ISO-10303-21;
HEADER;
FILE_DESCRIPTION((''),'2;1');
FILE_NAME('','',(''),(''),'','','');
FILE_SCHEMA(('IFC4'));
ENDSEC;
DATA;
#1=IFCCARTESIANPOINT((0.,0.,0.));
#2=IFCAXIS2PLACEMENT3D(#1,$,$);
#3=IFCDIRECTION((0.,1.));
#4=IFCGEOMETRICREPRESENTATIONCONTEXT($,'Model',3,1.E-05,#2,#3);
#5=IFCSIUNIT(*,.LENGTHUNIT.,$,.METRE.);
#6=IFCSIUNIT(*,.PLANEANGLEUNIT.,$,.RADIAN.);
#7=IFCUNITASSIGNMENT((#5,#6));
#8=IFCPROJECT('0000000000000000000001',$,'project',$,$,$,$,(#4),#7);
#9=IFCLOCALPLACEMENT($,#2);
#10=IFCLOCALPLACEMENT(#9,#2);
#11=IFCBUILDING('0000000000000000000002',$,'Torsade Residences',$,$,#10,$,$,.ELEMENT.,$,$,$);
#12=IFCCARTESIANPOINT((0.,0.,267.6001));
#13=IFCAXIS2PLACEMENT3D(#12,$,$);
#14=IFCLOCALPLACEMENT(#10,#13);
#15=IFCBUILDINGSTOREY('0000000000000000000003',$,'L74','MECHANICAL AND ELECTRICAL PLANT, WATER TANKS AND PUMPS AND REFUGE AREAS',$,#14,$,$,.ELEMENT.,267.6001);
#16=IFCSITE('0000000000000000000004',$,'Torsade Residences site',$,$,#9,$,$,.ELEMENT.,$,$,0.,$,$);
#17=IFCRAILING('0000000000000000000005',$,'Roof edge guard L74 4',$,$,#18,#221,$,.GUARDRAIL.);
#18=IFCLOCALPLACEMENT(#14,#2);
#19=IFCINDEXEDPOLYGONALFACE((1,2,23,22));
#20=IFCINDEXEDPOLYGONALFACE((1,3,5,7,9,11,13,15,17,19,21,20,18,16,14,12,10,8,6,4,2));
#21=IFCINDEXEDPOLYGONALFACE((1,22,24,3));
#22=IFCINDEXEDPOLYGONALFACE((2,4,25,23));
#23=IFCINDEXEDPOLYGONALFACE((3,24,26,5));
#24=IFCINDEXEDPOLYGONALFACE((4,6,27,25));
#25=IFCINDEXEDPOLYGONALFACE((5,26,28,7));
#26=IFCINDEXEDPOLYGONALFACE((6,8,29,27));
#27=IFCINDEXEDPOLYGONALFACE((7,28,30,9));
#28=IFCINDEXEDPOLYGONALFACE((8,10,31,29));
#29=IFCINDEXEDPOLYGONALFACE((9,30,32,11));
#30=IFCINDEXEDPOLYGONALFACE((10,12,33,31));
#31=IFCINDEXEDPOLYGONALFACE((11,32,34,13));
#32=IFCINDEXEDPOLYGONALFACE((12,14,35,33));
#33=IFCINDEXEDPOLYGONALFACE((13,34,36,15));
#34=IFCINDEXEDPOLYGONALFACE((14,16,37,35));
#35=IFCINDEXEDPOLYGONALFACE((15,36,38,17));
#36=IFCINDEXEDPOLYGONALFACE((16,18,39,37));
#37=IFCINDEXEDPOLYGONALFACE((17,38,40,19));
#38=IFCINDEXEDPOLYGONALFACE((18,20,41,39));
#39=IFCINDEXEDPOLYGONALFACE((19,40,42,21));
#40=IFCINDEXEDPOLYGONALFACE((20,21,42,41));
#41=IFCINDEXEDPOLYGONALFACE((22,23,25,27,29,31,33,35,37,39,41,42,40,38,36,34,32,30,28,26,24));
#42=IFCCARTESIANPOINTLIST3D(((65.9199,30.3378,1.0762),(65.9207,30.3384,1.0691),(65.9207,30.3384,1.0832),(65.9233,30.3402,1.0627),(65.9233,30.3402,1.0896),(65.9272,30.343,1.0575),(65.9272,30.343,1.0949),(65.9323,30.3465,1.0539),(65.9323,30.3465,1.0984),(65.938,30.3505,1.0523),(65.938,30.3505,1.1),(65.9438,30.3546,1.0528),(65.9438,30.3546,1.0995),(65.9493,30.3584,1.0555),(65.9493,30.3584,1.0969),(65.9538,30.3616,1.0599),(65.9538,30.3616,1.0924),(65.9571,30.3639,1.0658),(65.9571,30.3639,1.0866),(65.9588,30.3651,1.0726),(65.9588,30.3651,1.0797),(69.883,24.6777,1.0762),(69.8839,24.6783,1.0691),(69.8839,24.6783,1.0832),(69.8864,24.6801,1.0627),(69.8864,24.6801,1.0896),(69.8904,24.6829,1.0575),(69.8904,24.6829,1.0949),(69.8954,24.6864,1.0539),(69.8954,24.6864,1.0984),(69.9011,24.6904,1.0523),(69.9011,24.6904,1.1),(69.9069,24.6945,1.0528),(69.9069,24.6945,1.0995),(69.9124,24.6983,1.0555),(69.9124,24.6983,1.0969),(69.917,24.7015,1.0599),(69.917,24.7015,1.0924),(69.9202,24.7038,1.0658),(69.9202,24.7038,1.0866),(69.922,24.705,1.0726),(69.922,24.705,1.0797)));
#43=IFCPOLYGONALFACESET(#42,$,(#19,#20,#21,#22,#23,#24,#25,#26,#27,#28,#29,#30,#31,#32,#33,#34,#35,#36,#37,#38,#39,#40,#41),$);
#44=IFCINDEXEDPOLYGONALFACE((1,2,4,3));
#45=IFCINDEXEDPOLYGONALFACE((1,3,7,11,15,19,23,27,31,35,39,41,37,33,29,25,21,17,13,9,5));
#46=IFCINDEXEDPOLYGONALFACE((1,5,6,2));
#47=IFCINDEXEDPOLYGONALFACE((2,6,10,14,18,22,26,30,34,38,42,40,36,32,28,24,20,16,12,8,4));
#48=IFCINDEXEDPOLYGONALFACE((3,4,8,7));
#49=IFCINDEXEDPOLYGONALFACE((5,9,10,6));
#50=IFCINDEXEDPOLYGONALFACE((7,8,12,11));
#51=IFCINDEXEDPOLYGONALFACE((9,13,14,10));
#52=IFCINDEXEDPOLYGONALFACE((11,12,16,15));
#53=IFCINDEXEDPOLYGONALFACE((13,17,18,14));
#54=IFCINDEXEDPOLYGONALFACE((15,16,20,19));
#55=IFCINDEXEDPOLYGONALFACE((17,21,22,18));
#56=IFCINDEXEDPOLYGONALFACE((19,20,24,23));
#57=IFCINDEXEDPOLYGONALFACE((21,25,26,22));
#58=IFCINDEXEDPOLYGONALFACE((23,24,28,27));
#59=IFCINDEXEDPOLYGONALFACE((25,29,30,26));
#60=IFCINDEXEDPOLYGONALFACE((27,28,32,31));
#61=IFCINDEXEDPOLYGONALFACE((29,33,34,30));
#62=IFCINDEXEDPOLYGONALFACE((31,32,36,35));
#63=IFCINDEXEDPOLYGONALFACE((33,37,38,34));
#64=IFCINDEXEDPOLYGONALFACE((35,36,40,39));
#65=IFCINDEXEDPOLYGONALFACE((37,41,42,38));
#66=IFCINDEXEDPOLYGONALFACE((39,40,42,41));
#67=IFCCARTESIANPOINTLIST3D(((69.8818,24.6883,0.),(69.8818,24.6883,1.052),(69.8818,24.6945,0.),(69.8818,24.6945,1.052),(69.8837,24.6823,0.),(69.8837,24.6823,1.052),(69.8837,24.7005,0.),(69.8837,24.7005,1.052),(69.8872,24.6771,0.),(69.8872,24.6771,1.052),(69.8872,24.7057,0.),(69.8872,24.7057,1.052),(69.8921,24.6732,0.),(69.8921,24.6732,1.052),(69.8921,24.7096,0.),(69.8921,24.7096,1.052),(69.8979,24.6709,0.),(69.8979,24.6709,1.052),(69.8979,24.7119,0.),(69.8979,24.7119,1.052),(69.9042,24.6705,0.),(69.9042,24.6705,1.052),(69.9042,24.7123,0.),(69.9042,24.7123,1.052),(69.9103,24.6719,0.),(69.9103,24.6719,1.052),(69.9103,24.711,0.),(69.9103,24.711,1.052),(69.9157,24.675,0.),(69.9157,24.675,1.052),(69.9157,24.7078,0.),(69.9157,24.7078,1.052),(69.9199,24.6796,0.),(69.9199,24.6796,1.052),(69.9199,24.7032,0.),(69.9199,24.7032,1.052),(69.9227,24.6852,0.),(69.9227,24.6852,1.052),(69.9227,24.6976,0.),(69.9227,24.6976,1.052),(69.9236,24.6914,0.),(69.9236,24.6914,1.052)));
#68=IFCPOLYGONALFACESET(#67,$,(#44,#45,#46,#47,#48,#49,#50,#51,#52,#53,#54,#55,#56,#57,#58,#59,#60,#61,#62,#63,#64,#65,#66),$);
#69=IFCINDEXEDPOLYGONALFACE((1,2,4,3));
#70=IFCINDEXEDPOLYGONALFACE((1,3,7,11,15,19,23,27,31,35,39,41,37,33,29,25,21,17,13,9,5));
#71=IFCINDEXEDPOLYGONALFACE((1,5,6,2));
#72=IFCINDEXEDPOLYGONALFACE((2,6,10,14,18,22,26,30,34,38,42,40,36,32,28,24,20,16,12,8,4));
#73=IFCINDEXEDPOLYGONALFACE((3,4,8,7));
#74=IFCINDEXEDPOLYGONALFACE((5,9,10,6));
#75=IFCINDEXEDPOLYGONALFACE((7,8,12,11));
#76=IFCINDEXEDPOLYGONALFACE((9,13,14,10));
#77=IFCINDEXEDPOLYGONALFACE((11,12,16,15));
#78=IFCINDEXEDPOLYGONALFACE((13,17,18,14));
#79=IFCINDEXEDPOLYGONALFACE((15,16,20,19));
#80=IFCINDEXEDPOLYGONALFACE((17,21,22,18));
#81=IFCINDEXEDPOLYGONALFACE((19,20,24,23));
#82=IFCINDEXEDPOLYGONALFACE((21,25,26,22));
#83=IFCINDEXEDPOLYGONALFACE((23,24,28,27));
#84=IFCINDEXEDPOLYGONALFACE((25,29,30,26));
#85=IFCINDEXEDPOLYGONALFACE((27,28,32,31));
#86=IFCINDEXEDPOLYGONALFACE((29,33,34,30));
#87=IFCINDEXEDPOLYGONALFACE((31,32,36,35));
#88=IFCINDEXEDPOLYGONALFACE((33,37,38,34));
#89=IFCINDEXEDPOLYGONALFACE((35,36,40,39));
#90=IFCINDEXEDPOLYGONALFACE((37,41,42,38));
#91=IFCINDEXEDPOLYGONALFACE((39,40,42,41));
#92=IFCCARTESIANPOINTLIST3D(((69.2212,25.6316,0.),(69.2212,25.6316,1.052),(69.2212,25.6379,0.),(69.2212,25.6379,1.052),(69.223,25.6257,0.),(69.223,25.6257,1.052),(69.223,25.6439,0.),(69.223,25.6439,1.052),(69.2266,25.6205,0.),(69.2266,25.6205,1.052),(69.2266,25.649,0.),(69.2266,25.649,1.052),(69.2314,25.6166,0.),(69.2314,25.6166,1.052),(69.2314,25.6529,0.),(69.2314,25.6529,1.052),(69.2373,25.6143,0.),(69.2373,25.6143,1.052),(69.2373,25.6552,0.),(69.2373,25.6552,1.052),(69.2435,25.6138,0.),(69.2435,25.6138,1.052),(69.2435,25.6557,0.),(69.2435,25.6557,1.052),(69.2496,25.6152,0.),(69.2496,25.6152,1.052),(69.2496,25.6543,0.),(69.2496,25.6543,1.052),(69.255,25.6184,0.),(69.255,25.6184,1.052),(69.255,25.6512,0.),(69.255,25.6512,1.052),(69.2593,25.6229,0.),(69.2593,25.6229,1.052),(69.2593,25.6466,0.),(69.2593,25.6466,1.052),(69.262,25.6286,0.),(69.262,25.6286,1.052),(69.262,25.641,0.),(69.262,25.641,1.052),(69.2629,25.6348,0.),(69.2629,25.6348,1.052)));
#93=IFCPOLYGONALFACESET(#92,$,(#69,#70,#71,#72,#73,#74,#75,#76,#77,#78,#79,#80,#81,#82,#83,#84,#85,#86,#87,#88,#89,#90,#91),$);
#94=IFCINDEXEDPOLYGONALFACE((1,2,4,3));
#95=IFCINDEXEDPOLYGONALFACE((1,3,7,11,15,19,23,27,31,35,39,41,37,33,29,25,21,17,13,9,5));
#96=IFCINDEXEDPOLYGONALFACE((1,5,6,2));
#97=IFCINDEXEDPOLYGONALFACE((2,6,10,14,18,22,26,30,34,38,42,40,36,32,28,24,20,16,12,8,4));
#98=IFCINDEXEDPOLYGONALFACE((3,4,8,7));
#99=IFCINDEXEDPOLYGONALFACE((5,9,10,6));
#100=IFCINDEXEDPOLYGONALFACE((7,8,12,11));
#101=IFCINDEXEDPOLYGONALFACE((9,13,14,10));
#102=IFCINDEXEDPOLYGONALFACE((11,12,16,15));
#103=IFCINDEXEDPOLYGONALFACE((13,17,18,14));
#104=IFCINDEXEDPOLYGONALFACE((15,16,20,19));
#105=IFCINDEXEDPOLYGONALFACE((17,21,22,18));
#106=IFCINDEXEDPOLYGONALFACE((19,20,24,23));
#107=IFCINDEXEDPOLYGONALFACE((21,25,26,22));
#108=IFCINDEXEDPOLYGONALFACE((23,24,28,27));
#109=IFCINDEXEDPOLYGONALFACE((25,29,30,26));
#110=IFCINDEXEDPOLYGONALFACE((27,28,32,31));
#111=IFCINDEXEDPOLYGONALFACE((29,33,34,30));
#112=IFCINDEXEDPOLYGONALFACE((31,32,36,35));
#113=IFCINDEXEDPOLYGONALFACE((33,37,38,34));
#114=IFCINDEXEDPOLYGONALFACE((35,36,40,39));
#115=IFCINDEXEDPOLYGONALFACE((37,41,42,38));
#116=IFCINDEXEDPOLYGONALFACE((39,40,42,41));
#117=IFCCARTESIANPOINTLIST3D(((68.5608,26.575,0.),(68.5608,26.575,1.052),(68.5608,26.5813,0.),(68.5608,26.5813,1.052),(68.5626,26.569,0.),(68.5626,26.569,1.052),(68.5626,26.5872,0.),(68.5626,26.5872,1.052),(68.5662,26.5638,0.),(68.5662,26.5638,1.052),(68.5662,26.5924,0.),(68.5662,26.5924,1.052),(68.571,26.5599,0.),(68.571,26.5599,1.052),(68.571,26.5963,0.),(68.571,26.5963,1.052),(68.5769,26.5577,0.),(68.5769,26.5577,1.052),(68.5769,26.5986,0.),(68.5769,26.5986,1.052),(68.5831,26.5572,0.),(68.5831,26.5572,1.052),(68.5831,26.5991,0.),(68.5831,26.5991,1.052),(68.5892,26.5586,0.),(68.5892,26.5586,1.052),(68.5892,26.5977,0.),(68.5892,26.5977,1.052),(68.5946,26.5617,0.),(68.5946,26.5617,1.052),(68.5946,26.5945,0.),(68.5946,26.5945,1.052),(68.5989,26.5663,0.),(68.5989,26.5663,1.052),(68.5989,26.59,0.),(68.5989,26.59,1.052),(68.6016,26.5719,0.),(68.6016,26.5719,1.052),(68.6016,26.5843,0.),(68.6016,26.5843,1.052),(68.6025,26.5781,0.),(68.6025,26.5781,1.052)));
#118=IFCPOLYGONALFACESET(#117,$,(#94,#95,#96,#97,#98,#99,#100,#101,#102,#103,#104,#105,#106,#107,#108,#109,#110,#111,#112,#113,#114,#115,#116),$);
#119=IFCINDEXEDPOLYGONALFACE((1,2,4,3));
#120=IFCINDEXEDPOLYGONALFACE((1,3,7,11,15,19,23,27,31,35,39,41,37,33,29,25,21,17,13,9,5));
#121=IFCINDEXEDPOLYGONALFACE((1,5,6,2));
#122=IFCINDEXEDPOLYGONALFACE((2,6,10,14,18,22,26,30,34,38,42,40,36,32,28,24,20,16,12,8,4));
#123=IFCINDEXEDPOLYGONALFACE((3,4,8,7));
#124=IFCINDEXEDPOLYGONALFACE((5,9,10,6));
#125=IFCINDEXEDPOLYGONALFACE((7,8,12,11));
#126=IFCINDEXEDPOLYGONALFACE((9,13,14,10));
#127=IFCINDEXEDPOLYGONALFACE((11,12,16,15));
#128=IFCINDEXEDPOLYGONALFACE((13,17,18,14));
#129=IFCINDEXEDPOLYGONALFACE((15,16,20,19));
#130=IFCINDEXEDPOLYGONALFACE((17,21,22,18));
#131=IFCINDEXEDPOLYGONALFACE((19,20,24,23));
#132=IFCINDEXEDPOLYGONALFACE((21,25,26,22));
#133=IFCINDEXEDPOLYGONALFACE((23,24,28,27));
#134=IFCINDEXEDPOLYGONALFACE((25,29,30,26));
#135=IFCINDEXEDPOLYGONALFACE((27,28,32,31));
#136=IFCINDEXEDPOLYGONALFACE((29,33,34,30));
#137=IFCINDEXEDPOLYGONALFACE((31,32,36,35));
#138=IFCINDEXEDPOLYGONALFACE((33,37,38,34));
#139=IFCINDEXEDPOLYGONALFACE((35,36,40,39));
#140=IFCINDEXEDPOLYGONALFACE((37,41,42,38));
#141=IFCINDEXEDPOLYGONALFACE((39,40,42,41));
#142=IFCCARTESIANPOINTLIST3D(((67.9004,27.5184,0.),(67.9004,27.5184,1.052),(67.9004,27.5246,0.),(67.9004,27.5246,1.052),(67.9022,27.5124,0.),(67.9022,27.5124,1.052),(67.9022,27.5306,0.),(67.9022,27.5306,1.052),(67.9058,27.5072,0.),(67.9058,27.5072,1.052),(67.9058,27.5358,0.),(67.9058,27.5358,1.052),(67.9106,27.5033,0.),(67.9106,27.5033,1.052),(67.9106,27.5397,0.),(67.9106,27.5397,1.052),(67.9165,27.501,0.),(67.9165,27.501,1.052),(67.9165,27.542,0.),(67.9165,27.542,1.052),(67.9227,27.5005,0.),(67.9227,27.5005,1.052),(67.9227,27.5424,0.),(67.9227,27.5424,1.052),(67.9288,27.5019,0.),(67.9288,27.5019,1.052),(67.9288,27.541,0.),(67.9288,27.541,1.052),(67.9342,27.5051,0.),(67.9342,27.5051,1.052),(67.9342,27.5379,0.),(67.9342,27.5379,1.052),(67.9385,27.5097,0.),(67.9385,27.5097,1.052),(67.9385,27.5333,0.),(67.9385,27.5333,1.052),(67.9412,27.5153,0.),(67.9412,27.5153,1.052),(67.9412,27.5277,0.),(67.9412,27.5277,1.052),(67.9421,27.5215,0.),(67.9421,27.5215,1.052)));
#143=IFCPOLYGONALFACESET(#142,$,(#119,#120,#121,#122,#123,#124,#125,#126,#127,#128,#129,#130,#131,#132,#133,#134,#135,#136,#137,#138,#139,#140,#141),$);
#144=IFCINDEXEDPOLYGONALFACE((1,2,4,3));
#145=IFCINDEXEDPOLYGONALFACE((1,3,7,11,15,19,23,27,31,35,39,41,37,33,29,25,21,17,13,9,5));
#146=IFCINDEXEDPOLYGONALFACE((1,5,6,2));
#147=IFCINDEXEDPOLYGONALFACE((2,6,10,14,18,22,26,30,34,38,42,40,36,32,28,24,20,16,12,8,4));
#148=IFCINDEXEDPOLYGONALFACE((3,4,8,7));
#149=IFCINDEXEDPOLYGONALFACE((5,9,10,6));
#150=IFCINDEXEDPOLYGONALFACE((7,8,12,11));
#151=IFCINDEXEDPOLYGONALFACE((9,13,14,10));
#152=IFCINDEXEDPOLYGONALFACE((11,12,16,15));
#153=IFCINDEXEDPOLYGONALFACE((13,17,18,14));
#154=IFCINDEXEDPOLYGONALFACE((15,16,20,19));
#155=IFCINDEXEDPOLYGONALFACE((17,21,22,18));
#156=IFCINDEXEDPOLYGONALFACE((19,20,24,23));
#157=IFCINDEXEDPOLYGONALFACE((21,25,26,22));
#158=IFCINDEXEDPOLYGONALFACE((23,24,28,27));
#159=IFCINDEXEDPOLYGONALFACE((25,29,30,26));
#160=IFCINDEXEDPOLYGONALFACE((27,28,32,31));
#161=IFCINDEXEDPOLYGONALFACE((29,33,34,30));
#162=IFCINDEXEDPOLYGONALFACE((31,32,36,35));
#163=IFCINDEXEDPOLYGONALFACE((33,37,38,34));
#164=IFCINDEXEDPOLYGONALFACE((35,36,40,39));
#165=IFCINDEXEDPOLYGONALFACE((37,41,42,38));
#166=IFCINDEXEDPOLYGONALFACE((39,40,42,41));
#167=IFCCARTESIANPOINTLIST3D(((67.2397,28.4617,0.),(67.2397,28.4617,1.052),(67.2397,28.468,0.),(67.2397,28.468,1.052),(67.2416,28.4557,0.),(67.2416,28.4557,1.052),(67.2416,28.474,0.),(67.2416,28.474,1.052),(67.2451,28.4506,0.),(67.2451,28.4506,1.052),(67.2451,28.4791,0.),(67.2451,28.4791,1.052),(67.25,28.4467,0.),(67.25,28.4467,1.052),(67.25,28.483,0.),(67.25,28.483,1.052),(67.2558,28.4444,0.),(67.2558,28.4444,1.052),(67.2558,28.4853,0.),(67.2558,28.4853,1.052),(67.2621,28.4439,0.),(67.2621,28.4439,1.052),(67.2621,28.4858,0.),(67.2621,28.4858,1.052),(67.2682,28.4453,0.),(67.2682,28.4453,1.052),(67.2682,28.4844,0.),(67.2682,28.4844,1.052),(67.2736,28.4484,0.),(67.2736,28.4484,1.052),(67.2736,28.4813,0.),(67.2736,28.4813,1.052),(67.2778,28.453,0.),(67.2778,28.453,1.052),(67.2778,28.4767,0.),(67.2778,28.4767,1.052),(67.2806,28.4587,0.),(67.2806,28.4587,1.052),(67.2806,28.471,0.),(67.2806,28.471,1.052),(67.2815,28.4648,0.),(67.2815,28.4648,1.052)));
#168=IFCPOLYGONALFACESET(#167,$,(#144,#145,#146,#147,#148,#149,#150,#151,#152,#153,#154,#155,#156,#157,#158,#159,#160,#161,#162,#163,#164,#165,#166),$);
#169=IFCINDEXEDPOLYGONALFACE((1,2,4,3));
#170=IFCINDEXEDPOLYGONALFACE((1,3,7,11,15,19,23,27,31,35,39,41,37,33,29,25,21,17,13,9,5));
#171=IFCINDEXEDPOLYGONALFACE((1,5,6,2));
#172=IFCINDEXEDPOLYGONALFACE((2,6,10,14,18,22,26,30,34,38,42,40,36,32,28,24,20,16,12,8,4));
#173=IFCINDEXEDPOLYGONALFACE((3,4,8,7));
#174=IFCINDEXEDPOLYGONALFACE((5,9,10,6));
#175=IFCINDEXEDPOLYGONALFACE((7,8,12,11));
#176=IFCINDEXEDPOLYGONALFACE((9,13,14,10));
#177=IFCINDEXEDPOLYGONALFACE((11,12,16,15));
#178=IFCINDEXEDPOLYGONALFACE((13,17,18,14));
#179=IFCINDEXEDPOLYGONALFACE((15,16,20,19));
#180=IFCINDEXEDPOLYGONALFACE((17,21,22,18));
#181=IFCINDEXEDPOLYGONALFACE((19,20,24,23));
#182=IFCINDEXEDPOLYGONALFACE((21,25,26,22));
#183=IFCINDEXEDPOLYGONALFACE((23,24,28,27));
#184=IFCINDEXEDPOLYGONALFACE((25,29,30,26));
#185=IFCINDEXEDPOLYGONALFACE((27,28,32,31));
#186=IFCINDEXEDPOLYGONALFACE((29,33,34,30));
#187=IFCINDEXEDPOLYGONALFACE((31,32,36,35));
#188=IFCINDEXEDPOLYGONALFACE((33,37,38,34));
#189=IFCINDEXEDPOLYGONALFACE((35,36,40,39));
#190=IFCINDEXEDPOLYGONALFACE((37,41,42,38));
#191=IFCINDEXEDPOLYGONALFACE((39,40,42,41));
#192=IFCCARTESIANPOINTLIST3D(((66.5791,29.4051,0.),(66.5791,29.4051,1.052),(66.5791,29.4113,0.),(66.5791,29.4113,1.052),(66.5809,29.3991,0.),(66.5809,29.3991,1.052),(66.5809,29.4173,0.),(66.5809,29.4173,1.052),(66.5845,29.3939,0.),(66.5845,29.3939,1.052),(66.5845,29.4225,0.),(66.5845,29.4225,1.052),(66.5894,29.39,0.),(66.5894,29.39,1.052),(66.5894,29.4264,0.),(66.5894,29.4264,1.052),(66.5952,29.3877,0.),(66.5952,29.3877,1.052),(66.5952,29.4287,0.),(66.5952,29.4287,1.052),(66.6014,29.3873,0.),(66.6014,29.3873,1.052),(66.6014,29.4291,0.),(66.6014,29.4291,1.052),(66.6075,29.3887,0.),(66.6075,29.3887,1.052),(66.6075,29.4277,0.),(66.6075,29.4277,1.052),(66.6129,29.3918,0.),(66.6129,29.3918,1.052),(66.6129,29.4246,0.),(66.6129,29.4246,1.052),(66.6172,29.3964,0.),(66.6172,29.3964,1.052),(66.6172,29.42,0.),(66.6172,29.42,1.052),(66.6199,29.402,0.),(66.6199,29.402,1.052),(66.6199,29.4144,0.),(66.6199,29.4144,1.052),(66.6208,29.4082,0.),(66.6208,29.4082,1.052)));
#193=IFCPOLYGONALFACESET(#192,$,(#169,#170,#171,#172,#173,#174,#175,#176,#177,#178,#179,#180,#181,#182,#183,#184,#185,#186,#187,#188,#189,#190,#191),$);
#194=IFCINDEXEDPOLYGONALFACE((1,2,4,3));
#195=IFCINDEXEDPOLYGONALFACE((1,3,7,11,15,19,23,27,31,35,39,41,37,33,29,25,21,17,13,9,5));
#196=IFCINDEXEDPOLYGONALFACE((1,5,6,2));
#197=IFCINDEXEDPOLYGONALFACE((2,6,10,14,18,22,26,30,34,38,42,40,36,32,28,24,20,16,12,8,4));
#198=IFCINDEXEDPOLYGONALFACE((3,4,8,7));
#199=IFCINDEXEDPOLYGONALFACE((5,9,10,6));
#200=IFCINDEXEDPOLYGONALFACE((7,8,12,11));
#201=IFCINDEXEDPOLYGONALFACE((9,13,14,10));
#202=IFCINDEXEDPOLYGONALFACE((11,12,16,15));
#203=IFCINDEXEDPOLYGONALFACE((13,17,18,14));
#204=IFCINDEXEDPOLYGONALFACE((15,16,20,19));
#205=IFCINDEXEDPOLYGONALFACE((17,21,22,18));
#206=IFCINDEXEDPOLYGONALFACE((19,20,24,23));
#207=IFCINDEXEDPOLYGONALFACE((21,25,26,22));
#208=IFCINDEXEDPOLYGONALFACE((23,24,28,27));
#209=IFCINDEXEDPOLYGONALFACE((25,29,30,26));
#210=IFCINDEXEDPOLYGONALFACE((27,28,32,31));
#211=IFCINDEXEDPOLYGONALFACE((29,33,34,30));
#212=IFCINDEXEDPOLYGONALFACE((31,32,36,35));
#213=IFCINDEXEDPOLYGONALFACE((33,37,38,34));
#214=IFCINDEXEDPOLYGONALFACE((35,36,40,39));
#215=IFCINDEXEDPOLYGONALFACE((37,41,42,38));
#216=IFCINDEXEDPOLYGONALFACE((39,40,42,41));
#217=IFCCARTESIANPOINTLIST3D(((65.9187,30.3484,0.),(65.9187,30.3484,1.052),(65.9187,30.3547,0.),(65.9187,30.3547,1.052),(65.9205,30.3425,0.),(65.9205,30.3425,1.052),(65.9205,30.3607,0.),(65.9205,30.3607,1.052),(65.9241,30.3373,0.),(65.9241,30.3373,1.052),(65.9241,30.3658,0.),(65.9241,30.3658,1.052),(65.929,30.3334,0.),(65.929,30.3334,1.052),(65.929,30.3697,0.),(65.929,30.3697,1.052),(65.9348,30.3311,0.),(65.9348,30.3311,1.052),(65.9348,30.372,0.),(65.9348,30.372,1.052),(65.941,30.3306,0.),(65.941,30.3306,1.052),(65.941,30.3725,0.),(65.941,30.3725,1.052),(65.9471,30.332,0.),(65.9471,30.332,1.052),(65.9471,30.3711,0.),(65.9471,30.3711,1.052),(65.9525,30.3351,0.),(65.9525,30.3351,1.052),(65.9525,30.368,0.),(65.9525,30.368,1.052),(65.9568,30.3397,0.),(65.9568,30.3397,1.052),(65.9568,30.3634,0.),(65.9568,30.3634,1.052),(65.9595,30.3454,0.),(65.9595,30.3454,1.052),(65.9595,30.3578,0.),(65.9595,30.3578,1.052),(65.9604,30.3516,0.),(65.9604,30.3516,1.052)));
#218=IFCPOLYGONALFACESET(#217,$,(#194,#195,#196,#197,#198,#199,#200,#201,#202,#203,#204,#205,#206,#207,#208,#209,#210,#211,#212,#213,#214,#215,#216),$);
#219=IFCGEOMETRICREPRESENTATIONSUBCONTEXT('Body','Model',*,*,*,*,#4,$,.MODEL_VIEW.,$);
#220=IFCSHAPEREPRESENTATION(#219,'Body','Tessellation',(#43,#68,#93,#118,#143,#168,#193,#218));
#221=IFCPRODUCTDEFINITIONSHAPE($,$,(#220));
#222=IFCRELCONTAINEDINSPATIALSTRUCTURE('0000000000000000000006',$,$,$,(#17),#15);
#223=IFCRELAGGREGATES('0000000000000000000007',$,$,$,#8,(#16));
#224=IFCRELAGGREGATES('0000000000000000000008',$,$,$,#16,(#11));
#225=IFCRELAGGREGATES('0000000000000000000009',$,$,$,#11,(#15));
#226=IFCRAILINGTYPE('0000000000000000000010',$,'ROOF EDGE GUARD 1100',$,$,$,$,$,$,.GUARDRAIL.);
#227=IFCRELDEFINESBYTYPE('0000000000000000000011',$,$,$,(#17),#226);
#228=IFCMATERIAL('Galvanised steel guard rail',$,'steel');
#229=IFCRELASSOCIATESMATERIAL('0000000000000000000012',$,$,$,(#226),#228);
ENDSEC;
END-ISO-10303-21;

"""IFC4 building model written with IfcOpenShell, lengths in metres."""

from ifc_helpers import new_model, si_unit, direction, frame, origin, origin_2d, place, context, subcontext, project, spatial, circle, extrude, material, type_object, element, save


model = new_model("IFC4")

# Units and contexts
model_context = context("Model", 3, precision=1e-05, world=origin(), true_north=direction((0.0, 1.0)))
body_context = subcontext(model_context, "Body", "Model", "MODEL_VIEW")
ifc_project = project(units=[si_unit("LENGTHUNIT", "METRE"), si_unit("PLANEANGLEUNIT", "RADIAN")], contexts=[model_context])

# Site, building, storey
site_placement = place(None, origin())
site = spatial("IfcSite", under=ifc_project, at=site_placement, Name="Torsade Residences site", CompositionType="ELEMENT", RefElevation=0.0)
building_placement = place(site_placement, origin())
building = spatial("IfcBuilding", under=site, at=building_placement, Name="Torsade Residences", CompositionType="ELEMENT")
storey_placement = place(building_placement, frame((0.0, 0.0, 267.6001)))
storey = spatial("IfcBuildingStorey", under=building, at=storey_placement, Name="L74", Description="MECHANICAL AND ELECTRICAL PLANT, WATER TANKS AND PUMPS AND REFUGE AREAS", CompositionType="ELEMENT", Elevation=267.6001)

# Railing
ifc_material_1 = material(Name="Galvanised steel guard rail", Category="steel")
railing_type = type_object("IfcRailingType", Name="ROOF EDGE GUARD 1100", PredefinedType="GUARDRAIL", material=ifc_material_1)
railing_placement = place(storey_placement, frame((69.9026, 24.6914, 0.0)))
element("IfcRailing", 1, at=railing_placement, inside=storey, type_object=railing_type, Name="Roof edge guard L74 4", PredefinedType="GUARDRAIL", context=body_context, shape_type="SweptSolid", body=[
    extrude(circle(Radius=0.0239, at=origin_2d()), frame((0.0, 0.0, 1.0762), z_axis=(-0.573562, 0.819162, 0.0), x_axis=(-0.819162, -0.573562, 0.0)), (0.0, 0.0, 1.0), 6.9097),
    extrude(circle(Radius=0.021, at=origin_2d()), origin(), (0.0, 0.0, 1.0), 1.052),
    extrude(circle(Radius=0.021, at=origin_2d()), frame((-0.6606, 0.9434, 0.0)), (0.0, 0.0, 1.0), 1.052),
    extrude(circle(Radius=0.021, at=origin_2d()), frame((-1.321, 1.8867, 0.0)), (0.0, 0.0, 1.0), 1.052),
    extrude(circle(Radius=0.021, at=origin_2d()), frame((-1.9814, 2.8301, 0.0)), (0.0, 0.0, 1.0), 1.052),
    extrude(circle(Radius=0.021, at=origin_2d()), frame((-2.6421, 3.7734, 0.0)), (0.0, 0.0, 1.0), 1.052),
    extrude(circle(Radius=0.021, at=origin_2d()), frame((-3.3027, 4.7168, 0.0)), (0.0, 0.0, 1.0), 1.052),
    extrude(circle(Radius=0.021, at=origin_2d()), frame((-3.9631, 5.6602, 0.0)), (0.0, 0.0, 1.0), 1.052),
])

save(model, "model.ifc")
